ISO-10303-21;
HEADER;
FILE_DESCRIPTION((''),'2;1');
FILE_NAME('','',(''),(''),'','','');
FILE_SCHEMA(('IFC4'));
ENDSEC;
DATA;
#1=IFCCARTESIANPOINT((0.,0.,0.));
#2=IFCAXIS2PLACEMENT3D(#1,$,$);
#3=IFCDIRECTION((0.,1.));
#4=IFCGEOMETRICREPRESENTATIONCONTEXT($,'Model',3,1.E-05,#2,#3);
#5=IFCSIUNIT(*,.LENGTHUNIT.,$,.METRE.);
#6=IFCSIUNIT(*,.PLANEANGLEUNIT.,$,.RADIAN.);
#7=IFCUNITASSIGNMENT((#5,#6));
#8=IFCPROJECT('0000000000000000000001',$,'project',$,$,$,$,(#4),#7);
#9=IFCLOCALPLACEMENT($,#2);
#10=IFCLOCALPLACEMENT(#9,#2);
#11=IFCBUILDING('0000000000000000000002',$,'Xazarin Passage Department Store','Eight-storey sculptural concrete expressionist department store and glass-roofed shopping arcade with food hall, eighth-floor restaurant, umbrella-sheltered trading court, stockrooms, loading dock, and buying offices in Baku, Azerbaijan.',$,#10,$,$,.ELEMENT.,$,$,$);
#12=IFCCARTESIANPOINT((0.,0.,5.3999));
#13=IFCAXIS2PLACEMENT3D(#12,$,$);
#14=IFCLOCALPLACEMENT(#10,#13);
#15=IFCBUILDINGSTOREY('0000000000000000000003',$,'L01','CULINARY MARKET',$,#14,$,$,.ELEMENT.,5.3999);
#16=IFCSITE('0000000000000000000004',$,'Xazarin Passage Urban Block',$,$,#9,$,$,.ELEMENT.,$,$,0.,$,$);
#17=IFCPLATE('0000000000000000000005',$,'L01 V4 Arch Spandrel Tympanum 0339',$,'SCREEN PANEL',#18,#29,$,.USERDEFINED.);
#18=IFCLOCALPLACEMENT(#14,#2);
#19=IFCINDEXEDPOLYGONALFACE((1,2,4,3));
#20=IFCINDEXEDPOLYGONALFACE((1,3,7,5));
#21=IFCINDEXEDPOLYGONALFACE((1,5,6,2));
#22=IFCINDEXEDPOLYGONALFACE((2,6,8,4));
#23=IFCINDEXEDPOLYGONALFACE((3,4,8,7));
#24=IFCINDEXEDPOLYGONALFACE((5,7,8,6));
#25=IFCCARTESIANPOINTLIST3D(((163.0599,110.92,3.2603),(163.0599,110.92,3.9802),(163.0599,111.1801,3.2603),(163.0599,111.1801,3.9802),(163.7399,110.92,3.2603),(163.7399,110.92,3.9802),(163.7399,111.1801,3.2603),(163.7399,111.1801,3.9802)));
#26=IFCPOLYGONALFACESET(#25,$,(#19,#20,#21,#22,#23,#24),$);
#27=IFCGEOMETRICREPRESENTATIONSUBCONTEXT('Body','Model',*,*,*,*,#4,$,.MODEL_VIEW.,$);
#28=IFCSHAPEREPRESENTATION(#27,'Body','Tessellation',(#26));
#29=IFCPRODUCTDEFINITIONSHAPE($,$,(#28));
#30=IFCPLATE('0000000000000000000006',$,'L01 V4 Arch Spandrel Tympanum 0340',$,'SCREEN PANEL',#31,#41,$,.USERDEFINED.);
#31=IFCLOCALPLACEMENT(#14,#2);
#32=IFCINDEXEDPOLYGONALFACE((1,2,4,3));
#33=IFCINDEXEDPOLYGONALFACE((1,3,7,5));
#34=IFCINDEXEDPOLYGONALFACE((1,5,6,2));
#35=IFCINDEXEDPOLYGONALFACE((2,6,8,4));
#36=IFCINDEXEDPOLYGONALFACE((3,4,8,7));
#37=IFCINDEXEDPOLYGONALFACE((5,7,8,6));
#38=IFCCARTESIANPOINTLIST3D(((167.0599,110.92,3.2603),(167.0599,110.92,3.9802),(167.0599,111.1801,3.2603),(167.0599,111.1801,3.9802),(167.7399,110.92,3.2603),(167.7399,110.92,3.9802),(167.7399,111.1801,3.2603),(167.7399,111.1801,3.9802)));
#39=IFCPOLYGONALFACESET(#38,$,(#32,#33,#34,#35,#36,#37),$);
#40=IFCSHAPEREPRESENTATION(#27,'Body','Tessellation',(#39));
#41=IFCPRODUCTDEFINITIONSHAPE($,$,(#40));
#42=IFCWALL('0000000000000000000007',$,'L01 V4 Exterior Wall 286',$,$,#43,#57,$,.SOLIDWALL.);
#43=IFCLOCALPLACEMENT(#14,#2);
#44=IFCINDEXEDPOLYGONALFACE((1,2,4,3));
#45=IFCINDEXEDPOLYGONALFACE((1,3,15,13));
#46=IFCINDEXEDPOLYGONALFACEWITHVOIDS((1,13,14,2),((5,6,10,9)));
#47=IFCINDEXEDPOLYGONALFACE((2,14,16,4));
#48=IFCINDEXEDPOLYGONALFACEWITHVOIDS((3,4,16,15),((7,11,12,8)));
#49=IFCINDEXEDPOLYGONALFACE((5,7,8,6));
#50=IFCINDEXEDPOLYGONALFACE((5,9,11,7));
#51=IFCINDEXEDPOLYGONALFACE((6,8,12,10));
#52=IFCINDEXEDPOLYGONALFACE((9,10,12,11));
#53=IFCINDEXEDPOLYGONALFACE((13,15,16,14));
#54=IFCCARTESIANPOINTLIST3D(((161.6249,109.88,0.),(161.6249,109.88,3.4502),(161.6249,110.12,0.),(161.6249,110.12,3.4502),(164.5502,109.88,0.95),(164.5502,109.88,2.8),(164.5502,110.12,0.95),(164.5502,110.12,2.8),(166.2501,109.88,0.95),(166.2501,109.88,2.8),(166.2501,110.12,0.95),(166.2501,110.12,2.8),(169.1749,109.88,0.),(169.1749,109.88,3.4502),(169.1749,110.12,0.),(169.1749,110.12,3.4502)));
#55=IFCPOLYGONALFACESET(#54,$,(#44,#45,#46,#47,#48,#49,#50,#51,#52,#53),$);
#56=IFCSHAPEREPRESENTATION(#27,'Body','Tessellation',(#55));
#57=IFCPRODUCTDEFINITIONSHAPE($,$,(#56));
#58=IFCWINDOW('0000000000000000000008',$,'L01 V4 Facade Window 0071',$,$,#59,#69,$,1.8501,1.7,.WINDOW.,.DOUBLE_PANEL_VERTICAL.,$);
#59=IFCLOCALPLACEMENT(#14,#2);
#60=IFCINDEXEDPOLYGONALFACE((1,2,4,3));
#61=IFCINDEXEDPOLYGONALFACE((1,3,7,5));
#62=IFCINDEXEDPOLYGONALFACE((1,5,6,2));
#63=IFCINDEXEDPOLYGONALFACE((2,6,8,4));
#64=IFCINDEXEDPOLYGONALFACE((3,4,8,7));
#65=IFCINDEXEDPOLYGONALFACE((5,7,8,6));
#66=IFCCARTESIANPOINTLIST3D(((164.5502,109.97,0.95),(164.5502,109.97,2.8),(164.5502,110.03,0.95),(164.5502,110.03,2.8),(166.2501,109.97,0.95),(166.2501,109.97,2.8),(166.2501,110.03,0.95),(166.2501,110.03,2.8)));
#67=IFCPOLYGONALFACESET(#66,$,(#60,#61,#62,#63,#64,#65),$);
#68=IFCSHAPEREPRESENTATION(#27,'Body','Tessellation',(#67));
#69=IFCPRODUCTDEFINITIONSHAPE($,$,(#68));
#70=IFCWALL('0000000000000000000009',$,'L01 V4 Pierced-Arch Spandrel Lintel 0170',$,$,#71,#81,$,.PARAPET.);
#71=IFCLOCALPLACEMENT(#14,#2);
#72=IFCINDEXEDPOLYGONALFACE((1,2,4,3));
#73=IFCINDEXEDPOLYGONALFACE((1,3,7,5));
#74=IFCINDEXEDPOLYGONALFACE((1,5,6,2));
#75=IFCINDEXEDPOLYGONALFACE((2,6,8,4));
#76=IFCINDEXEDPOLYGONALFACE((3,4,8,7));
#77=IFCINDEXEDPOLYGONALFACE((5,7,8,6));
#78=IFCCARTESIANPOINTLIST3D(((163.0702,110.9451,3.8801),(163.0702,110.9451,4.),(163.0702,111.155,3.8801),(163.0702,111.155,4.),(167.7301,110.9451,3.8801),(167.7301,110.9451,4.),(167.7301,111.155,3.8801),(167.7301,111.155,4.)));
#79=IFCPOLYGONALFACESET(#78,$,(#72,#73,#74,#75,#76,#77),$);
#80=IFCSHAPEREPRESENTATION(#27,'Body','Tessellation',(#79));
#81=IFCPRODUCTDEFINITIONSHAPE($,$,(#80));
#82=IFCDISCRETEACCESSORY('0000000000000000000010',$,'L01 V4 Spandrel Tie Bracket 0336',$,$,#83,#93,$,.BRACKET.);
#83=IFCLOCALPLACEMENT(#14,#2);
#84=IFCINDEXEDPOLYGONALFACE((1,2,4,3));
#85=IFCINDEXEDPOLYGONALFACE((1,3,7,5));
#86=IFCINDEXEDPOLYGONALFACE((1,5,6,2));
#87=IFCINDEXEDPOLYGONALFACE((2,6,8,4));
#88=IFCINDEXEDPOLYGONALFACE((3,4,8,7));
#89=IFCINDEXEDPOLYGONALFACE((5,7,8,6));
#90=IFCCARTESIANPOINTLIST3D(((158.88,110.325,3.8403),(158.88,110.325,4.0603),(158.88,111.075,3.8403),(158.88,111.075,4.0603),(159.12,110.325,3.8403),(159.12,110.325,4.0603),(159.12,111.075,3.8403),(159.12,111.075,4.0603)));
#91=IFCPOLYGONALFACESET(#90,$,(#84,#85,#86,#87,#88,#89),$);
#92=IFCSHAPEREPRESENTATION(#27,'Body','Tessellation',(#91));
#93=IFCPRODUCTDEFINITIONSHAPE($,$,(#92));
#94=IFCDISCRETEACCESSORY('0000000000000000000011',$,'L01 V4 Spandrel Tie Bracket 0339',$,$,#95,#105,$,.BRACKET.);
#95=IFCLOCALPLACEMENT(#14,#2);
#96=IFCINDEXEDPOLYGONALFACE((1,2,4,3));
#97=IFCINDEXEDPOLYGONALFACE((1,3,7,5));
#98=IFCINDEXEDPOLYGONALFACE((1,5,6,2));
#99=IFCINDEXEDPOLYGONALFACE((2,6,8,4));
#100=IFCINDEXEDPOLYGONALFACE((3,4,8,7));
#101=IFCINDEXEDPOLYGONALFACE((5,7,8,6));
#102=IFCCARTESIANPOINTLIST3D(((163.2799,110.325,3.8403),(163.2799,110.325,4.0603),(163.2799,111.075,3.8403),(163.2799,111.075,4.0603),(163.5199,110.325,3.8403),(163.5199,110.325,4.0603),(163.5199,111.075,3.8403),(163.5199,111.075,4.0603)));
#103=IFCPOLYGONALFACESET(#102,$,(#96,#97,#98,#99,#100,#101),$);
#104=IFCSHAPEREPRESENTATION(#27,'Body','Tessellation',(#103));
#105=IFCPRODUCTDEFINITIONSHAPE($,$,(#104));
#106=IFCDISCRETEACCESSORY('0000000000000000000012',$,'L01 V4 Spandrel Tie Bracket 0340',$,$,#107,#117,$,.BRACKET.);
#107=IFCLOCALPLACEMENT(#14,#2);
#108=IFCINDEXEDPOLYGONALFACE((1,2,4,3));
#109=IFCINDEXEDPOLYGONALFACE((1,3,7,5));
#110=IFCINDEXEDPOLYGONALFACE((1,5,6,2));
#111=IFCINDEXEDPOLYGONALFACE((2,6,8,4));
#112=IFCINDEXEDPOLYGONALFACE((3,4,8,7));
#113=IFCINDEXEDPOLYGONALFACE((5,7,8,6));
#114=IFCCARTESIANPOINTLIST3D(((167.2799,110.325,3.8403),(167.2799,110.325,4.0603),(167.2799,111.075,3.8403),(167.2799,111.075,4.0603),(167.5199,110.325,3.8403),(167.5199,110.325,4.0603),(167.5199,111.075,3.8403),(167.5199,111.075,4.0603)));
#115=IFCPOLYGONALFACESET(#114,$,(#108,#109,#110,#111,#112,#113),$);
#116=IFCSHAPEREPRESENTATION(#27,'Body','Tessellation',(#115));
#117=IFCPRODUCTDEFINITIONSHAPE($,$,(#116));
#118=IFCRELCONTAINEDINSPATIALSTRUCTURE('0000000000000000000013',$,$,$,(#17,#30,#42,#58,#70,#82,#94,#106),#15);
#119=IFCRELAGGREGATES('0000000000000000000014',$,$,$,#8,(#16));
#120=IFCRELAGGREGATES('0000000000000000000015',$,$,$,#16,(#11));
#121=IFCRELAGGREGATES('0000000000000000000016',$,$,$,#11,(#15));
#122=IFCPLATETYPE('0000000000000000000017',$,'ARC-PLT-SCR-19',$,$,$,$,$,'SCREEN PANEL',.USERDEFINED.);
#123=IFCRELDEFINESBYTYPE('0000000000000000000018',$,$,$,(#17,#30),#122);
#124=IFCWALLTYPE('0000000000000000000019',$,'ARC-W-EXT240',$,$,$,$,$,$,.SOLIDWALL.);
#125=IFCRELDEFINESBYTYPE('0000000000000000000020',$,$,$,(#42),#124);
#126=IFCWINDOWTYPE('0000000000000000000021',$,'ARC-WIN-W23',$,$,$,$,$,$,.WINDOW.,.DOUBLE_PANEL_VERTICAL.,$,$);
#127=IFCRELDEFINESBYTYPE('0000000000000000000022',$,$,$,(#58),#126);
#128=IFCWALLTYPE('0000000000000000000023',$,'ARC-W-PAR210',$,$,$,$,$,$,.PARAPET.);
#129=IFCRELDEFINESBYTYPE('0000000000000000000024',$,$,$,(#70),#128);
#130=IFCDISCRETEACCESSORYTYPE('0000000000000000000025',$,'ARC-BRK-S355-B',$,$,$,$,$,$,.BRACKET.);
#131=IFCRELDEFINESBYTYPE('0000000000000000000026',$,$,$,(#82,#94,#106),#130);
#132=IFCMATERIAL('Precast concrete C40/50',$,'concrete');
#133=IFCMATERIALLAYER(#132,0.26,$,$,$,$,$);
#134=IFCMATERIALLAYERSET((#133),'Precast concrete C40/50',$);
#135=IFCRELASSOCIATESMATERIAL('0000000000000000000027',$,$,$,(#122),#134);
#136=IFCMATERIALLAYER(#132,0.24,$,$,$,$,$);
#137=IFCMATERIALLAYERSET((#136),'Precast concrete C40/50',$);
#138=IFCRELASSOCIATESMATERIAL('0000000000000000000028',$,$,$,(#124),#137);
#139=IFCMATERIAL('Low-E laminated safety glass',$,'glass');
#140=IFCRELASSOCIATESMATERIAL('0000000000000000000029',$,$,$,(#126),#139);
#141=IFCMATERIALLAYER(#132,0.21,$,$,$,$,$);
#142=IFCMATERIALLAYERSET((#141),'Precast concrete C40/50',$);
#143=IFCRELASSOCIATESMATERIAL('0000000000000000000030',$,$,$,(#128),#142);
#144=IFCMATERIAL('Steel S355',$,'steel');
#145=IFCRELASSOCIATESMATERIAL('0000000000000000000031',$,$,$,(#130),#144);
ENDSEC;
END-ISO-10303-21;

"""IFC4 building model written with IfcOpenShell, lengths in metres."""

from ifc_helpers import new_model, si_unit, direction, frame, frame_2d, origin, origin_2d, place, context, subcontext, project, spatial, rectangle, extrude, material, layer, layer_set, type_object, element, fill, save


model = new_model("IFC4")

# Units and contexts
model_context = context("Model", 3, precision=1e-05, world=origin(), true_north=direction((0.0, 1.0)))
body_context = subcontext(model_context, "Body", "Model", "MODEL_VIEW")
ifc_project = project(units=[si_unit("LENGTHUNIT", "METRE"), si_unit("PLANEANGLEUNIT", "RADIAN")], contexts=[model_context])

# Site, building, storey
site_placement = place(None, origin())
site = spatial("IfcSite", under=ifc_project, at=site_placement, Name="Xazarin Passage Urban Block", CompositionType="ELEMENT", RefElevation=0.0)
building_placement = place(site_placement, origin())
building = spatial("IfcBuilding", under=site, at=building_placement, Name="Xazarin Passage Department Store", Description="Eight-storey sculptural concrete expressionist department store and glass-roofed shopping arcade with food hall, eighth-floor restaurant, umbrella-sheltered trading court, stockrooms, loading dock, and buying offices in Baku, Azerbaijan.", CompositionType="ELEMENT")
storey_placement = place(building_placement, frame((0.0, 0.0, 5.3999)))
storey = spatial("IfcBuildingStorey", under=building, at=storey_placement, Name="L01", Description="CULINARY MARKET", CompositionType="ELEMENT", Elevation=5.3999)

# Plates
ifc_material_1 = material(Name="Precast concrete C40/50", Category="concrete")
ifc_layer_1 = layer(ifc_material_1, 0.26)
ifc_layer_set_1 = layer_set([ifc_layer_1], Name="Precast concrete C40/50")
plate_type_1 = type_object("IfcPlateType", Name="ARC-PLT-SCR-19", ElementType="SCREEN PANEL", PredefinedType="USERDEFINED", material=ifc_layer_set_1)
for number, where, z_axis, x_axis, name in (
    (1, (163.3999, 111.05, 3.2603), (0.0, 0.0, 1.0), (1.0, 0.0, 0.0), "L01 V4 Arch Spandrel Tympanum 0339"),
    (2, (167.3999, 111.05, 3.2603), (0.0, 0.0, 1.0), (1.0, 0.0, 0.0), "L01 V4 Arch Spandrel Tympanum 0340"),
):
    element("IfcPlate", number, at=place(storey_placement, frame(where, z_axis=z_axis, x_axis=x_axis)), inside=storey, type_object=plate_type_1, Name=name, ObjectType="SCREEN PANEL", PredefinedType="USERDEFINED", context=body_context, shape_type="SweptSolid", body=[
        extrude(rectangle(XDim=0.6799, YDim=0.26, at=origin_2d()), origin(), (0.0, 0.0, 1.0), 0.72),
    ])

# Wall, opening, window
ifc_layer_2 = layer(ifc_material_1, 0.24)
ifc_layer_set_2 = layer_set([ifc_layer_2], Name="Precast concrete C40/50")
wall_type_1 = type_object("IfcWallType", Name="ARC-W-EXT240", PredefinedType="SOLIDWALL", material=ifc_layer_set_2)
wall_1_placement = place(storey_placement, frame((161.625, 110.0, 0.0), z_axis=(0.0, 0.0, 1.0), x_axis=(1.0, 0.0, 0.0)))
wall_1 = element("IfcWall", 3, at=wall_1_placement, inside=storey, type_object=wall_type_1, Name="L01 V4 Exterior Wall 286", PredefinedType="SOLIDWALL", context=body_context, shape_type="SweptSolid", body=[
    extrude(rectangle(XDim=7.55, YDim=0.24, at=frame_2d((3.7749, 0.0))), origin(), (0.0, 0.0, 1.0), 3.4502),
])
opening_placement = place(wall_1_placement, frame((2.925, 0.0, 0.95)))
opening = element("IfcOpeningElement", 4, at=opening_placement, cuts=wall_1, PredefinedType="OPENING", context=body_context, shape_type="SweptSolid", body=[
    extrude(rectangle(XDim=1.7, YDim=1.8501, at=frame_2d((0.8501, 0.925))), frame((0.0, 0.1299, 0.0), z_axis=(0.0, -1.0, 0.0), x_axis=(1.0, 0.0, 0.0)), (0.0, 0.0, 1.0), 0.26),
])
ifc_material_2 = material(Name="Low-E laminated safety glass", Category="glass")
window_type = type_object("IfcWindowType", Name="ARC-WIN-W23", PartitioningType="DOUBLE_PANEL_VERTICAL", PredefinedType="WINDOW", material=ifc_material_2)
window_placement = place(opening_placement, origin())
window = element("IfcWindow", 5, at=window_placement, inside=storey, type_object=window_type, Name="L01 V4 Facade Window 0071", OverallHeight=1.8501, OverallWidth=1.7, PartitioningType="DOUBLE_PANEL_VERTICAL", PredefinedType="WINDOW", context=body_context, shape_type="SweptSolid", body=[
    extrude(rectangle(XDim=1.7, YDim=1.8501, at=frame_2d((0.8501, 0.925))), frame((0.0, 0.03, 0.0), z_axis=(0.0, -1.0, 0.0), x_axis=(1.0, 0.0, 0.0)), (0.0, 0.0, 1.0), 0.0601),
])
fill(opening, window)

# Wall
ifc_layer_3 = layer(ifc_material_1, 0.21)
ifc_layer_set_3 = layer_set([ifc_layer_3], Name="Precast concrete C40/50")
wall_type_2 = type_object("IfcWallType", Name="ARC-W-PAR210", PredefinedType="PARAPET", material=ifc_layer_set_3)
wall_2_placement = place(storey_placement, frame((163.0701, 111.05, 3.8801), z_axis=(0.0, 0.0, 1.0), x_axis=(1.0, 0.0, 0.0)))
element("IfcWall", 6, at=wall_2_placement, inside=storey, type_object=wall_type_2, Name="L01 V4 Pierced-Arch Spandrel Lintel 0170", PredefinedType="PARAPET", context=body_context, shape_type="SweptSolid", body=[
    extrude(rectangle(XDim=4.6599, YDim=0.21, at=frame_2d((2.3301, 0.0))), origin(), (0.0, 0.0, 1.0), 0.1199),
])

# Discrete accessories
ifc_material_3 = material(Name="Steel S355", Category="steel")
discrete_accessory_type = type_object("IfcDiscreteAccessoryType", Name="ARC-BRK-S355-B", PredefinedType="BRACKET", material=ifc_material_3)
for number, where, z_axis, x_axis, name in (
    (7, (159.0, 110.7, 3.8403), (0.0, 0.0, 1.0), (1.0, 0.0, 0.0), "L01 V4 Spandrel Tie Bracket 0336"),
    (8, (163.3999, 110.7, 3.8403), (0.0, 0.0, 1.0), (1.0, 0.0, 0.0), "L01 V4 Spandrel Tie Bracket 0339"),
    (9, (167.3999, 110.7, 3.8403), (0.0, 0.0, 1.0), (1.0, 0.0, 0.0), "L01 V4 Spandrel Tie Bracket 0340"),
):
    element("IfcDiscreteAccessory", number, at=place(storey_placement, frame(where, z_axis=z_axis, x_axis=x_axis)), inside=storey, type_object=discrete_accessory_type, Name=name, PredefinedType="BRACKET", context=body_context, shape_type="SweptSolid", body=[
        extrude(rectangle(XDim=0.24, YDim=0.75, at=origin_2d()), origin(), (0.0, 0.0, 1.0), 0.22),
    ])

save(model, "model.ifc")
